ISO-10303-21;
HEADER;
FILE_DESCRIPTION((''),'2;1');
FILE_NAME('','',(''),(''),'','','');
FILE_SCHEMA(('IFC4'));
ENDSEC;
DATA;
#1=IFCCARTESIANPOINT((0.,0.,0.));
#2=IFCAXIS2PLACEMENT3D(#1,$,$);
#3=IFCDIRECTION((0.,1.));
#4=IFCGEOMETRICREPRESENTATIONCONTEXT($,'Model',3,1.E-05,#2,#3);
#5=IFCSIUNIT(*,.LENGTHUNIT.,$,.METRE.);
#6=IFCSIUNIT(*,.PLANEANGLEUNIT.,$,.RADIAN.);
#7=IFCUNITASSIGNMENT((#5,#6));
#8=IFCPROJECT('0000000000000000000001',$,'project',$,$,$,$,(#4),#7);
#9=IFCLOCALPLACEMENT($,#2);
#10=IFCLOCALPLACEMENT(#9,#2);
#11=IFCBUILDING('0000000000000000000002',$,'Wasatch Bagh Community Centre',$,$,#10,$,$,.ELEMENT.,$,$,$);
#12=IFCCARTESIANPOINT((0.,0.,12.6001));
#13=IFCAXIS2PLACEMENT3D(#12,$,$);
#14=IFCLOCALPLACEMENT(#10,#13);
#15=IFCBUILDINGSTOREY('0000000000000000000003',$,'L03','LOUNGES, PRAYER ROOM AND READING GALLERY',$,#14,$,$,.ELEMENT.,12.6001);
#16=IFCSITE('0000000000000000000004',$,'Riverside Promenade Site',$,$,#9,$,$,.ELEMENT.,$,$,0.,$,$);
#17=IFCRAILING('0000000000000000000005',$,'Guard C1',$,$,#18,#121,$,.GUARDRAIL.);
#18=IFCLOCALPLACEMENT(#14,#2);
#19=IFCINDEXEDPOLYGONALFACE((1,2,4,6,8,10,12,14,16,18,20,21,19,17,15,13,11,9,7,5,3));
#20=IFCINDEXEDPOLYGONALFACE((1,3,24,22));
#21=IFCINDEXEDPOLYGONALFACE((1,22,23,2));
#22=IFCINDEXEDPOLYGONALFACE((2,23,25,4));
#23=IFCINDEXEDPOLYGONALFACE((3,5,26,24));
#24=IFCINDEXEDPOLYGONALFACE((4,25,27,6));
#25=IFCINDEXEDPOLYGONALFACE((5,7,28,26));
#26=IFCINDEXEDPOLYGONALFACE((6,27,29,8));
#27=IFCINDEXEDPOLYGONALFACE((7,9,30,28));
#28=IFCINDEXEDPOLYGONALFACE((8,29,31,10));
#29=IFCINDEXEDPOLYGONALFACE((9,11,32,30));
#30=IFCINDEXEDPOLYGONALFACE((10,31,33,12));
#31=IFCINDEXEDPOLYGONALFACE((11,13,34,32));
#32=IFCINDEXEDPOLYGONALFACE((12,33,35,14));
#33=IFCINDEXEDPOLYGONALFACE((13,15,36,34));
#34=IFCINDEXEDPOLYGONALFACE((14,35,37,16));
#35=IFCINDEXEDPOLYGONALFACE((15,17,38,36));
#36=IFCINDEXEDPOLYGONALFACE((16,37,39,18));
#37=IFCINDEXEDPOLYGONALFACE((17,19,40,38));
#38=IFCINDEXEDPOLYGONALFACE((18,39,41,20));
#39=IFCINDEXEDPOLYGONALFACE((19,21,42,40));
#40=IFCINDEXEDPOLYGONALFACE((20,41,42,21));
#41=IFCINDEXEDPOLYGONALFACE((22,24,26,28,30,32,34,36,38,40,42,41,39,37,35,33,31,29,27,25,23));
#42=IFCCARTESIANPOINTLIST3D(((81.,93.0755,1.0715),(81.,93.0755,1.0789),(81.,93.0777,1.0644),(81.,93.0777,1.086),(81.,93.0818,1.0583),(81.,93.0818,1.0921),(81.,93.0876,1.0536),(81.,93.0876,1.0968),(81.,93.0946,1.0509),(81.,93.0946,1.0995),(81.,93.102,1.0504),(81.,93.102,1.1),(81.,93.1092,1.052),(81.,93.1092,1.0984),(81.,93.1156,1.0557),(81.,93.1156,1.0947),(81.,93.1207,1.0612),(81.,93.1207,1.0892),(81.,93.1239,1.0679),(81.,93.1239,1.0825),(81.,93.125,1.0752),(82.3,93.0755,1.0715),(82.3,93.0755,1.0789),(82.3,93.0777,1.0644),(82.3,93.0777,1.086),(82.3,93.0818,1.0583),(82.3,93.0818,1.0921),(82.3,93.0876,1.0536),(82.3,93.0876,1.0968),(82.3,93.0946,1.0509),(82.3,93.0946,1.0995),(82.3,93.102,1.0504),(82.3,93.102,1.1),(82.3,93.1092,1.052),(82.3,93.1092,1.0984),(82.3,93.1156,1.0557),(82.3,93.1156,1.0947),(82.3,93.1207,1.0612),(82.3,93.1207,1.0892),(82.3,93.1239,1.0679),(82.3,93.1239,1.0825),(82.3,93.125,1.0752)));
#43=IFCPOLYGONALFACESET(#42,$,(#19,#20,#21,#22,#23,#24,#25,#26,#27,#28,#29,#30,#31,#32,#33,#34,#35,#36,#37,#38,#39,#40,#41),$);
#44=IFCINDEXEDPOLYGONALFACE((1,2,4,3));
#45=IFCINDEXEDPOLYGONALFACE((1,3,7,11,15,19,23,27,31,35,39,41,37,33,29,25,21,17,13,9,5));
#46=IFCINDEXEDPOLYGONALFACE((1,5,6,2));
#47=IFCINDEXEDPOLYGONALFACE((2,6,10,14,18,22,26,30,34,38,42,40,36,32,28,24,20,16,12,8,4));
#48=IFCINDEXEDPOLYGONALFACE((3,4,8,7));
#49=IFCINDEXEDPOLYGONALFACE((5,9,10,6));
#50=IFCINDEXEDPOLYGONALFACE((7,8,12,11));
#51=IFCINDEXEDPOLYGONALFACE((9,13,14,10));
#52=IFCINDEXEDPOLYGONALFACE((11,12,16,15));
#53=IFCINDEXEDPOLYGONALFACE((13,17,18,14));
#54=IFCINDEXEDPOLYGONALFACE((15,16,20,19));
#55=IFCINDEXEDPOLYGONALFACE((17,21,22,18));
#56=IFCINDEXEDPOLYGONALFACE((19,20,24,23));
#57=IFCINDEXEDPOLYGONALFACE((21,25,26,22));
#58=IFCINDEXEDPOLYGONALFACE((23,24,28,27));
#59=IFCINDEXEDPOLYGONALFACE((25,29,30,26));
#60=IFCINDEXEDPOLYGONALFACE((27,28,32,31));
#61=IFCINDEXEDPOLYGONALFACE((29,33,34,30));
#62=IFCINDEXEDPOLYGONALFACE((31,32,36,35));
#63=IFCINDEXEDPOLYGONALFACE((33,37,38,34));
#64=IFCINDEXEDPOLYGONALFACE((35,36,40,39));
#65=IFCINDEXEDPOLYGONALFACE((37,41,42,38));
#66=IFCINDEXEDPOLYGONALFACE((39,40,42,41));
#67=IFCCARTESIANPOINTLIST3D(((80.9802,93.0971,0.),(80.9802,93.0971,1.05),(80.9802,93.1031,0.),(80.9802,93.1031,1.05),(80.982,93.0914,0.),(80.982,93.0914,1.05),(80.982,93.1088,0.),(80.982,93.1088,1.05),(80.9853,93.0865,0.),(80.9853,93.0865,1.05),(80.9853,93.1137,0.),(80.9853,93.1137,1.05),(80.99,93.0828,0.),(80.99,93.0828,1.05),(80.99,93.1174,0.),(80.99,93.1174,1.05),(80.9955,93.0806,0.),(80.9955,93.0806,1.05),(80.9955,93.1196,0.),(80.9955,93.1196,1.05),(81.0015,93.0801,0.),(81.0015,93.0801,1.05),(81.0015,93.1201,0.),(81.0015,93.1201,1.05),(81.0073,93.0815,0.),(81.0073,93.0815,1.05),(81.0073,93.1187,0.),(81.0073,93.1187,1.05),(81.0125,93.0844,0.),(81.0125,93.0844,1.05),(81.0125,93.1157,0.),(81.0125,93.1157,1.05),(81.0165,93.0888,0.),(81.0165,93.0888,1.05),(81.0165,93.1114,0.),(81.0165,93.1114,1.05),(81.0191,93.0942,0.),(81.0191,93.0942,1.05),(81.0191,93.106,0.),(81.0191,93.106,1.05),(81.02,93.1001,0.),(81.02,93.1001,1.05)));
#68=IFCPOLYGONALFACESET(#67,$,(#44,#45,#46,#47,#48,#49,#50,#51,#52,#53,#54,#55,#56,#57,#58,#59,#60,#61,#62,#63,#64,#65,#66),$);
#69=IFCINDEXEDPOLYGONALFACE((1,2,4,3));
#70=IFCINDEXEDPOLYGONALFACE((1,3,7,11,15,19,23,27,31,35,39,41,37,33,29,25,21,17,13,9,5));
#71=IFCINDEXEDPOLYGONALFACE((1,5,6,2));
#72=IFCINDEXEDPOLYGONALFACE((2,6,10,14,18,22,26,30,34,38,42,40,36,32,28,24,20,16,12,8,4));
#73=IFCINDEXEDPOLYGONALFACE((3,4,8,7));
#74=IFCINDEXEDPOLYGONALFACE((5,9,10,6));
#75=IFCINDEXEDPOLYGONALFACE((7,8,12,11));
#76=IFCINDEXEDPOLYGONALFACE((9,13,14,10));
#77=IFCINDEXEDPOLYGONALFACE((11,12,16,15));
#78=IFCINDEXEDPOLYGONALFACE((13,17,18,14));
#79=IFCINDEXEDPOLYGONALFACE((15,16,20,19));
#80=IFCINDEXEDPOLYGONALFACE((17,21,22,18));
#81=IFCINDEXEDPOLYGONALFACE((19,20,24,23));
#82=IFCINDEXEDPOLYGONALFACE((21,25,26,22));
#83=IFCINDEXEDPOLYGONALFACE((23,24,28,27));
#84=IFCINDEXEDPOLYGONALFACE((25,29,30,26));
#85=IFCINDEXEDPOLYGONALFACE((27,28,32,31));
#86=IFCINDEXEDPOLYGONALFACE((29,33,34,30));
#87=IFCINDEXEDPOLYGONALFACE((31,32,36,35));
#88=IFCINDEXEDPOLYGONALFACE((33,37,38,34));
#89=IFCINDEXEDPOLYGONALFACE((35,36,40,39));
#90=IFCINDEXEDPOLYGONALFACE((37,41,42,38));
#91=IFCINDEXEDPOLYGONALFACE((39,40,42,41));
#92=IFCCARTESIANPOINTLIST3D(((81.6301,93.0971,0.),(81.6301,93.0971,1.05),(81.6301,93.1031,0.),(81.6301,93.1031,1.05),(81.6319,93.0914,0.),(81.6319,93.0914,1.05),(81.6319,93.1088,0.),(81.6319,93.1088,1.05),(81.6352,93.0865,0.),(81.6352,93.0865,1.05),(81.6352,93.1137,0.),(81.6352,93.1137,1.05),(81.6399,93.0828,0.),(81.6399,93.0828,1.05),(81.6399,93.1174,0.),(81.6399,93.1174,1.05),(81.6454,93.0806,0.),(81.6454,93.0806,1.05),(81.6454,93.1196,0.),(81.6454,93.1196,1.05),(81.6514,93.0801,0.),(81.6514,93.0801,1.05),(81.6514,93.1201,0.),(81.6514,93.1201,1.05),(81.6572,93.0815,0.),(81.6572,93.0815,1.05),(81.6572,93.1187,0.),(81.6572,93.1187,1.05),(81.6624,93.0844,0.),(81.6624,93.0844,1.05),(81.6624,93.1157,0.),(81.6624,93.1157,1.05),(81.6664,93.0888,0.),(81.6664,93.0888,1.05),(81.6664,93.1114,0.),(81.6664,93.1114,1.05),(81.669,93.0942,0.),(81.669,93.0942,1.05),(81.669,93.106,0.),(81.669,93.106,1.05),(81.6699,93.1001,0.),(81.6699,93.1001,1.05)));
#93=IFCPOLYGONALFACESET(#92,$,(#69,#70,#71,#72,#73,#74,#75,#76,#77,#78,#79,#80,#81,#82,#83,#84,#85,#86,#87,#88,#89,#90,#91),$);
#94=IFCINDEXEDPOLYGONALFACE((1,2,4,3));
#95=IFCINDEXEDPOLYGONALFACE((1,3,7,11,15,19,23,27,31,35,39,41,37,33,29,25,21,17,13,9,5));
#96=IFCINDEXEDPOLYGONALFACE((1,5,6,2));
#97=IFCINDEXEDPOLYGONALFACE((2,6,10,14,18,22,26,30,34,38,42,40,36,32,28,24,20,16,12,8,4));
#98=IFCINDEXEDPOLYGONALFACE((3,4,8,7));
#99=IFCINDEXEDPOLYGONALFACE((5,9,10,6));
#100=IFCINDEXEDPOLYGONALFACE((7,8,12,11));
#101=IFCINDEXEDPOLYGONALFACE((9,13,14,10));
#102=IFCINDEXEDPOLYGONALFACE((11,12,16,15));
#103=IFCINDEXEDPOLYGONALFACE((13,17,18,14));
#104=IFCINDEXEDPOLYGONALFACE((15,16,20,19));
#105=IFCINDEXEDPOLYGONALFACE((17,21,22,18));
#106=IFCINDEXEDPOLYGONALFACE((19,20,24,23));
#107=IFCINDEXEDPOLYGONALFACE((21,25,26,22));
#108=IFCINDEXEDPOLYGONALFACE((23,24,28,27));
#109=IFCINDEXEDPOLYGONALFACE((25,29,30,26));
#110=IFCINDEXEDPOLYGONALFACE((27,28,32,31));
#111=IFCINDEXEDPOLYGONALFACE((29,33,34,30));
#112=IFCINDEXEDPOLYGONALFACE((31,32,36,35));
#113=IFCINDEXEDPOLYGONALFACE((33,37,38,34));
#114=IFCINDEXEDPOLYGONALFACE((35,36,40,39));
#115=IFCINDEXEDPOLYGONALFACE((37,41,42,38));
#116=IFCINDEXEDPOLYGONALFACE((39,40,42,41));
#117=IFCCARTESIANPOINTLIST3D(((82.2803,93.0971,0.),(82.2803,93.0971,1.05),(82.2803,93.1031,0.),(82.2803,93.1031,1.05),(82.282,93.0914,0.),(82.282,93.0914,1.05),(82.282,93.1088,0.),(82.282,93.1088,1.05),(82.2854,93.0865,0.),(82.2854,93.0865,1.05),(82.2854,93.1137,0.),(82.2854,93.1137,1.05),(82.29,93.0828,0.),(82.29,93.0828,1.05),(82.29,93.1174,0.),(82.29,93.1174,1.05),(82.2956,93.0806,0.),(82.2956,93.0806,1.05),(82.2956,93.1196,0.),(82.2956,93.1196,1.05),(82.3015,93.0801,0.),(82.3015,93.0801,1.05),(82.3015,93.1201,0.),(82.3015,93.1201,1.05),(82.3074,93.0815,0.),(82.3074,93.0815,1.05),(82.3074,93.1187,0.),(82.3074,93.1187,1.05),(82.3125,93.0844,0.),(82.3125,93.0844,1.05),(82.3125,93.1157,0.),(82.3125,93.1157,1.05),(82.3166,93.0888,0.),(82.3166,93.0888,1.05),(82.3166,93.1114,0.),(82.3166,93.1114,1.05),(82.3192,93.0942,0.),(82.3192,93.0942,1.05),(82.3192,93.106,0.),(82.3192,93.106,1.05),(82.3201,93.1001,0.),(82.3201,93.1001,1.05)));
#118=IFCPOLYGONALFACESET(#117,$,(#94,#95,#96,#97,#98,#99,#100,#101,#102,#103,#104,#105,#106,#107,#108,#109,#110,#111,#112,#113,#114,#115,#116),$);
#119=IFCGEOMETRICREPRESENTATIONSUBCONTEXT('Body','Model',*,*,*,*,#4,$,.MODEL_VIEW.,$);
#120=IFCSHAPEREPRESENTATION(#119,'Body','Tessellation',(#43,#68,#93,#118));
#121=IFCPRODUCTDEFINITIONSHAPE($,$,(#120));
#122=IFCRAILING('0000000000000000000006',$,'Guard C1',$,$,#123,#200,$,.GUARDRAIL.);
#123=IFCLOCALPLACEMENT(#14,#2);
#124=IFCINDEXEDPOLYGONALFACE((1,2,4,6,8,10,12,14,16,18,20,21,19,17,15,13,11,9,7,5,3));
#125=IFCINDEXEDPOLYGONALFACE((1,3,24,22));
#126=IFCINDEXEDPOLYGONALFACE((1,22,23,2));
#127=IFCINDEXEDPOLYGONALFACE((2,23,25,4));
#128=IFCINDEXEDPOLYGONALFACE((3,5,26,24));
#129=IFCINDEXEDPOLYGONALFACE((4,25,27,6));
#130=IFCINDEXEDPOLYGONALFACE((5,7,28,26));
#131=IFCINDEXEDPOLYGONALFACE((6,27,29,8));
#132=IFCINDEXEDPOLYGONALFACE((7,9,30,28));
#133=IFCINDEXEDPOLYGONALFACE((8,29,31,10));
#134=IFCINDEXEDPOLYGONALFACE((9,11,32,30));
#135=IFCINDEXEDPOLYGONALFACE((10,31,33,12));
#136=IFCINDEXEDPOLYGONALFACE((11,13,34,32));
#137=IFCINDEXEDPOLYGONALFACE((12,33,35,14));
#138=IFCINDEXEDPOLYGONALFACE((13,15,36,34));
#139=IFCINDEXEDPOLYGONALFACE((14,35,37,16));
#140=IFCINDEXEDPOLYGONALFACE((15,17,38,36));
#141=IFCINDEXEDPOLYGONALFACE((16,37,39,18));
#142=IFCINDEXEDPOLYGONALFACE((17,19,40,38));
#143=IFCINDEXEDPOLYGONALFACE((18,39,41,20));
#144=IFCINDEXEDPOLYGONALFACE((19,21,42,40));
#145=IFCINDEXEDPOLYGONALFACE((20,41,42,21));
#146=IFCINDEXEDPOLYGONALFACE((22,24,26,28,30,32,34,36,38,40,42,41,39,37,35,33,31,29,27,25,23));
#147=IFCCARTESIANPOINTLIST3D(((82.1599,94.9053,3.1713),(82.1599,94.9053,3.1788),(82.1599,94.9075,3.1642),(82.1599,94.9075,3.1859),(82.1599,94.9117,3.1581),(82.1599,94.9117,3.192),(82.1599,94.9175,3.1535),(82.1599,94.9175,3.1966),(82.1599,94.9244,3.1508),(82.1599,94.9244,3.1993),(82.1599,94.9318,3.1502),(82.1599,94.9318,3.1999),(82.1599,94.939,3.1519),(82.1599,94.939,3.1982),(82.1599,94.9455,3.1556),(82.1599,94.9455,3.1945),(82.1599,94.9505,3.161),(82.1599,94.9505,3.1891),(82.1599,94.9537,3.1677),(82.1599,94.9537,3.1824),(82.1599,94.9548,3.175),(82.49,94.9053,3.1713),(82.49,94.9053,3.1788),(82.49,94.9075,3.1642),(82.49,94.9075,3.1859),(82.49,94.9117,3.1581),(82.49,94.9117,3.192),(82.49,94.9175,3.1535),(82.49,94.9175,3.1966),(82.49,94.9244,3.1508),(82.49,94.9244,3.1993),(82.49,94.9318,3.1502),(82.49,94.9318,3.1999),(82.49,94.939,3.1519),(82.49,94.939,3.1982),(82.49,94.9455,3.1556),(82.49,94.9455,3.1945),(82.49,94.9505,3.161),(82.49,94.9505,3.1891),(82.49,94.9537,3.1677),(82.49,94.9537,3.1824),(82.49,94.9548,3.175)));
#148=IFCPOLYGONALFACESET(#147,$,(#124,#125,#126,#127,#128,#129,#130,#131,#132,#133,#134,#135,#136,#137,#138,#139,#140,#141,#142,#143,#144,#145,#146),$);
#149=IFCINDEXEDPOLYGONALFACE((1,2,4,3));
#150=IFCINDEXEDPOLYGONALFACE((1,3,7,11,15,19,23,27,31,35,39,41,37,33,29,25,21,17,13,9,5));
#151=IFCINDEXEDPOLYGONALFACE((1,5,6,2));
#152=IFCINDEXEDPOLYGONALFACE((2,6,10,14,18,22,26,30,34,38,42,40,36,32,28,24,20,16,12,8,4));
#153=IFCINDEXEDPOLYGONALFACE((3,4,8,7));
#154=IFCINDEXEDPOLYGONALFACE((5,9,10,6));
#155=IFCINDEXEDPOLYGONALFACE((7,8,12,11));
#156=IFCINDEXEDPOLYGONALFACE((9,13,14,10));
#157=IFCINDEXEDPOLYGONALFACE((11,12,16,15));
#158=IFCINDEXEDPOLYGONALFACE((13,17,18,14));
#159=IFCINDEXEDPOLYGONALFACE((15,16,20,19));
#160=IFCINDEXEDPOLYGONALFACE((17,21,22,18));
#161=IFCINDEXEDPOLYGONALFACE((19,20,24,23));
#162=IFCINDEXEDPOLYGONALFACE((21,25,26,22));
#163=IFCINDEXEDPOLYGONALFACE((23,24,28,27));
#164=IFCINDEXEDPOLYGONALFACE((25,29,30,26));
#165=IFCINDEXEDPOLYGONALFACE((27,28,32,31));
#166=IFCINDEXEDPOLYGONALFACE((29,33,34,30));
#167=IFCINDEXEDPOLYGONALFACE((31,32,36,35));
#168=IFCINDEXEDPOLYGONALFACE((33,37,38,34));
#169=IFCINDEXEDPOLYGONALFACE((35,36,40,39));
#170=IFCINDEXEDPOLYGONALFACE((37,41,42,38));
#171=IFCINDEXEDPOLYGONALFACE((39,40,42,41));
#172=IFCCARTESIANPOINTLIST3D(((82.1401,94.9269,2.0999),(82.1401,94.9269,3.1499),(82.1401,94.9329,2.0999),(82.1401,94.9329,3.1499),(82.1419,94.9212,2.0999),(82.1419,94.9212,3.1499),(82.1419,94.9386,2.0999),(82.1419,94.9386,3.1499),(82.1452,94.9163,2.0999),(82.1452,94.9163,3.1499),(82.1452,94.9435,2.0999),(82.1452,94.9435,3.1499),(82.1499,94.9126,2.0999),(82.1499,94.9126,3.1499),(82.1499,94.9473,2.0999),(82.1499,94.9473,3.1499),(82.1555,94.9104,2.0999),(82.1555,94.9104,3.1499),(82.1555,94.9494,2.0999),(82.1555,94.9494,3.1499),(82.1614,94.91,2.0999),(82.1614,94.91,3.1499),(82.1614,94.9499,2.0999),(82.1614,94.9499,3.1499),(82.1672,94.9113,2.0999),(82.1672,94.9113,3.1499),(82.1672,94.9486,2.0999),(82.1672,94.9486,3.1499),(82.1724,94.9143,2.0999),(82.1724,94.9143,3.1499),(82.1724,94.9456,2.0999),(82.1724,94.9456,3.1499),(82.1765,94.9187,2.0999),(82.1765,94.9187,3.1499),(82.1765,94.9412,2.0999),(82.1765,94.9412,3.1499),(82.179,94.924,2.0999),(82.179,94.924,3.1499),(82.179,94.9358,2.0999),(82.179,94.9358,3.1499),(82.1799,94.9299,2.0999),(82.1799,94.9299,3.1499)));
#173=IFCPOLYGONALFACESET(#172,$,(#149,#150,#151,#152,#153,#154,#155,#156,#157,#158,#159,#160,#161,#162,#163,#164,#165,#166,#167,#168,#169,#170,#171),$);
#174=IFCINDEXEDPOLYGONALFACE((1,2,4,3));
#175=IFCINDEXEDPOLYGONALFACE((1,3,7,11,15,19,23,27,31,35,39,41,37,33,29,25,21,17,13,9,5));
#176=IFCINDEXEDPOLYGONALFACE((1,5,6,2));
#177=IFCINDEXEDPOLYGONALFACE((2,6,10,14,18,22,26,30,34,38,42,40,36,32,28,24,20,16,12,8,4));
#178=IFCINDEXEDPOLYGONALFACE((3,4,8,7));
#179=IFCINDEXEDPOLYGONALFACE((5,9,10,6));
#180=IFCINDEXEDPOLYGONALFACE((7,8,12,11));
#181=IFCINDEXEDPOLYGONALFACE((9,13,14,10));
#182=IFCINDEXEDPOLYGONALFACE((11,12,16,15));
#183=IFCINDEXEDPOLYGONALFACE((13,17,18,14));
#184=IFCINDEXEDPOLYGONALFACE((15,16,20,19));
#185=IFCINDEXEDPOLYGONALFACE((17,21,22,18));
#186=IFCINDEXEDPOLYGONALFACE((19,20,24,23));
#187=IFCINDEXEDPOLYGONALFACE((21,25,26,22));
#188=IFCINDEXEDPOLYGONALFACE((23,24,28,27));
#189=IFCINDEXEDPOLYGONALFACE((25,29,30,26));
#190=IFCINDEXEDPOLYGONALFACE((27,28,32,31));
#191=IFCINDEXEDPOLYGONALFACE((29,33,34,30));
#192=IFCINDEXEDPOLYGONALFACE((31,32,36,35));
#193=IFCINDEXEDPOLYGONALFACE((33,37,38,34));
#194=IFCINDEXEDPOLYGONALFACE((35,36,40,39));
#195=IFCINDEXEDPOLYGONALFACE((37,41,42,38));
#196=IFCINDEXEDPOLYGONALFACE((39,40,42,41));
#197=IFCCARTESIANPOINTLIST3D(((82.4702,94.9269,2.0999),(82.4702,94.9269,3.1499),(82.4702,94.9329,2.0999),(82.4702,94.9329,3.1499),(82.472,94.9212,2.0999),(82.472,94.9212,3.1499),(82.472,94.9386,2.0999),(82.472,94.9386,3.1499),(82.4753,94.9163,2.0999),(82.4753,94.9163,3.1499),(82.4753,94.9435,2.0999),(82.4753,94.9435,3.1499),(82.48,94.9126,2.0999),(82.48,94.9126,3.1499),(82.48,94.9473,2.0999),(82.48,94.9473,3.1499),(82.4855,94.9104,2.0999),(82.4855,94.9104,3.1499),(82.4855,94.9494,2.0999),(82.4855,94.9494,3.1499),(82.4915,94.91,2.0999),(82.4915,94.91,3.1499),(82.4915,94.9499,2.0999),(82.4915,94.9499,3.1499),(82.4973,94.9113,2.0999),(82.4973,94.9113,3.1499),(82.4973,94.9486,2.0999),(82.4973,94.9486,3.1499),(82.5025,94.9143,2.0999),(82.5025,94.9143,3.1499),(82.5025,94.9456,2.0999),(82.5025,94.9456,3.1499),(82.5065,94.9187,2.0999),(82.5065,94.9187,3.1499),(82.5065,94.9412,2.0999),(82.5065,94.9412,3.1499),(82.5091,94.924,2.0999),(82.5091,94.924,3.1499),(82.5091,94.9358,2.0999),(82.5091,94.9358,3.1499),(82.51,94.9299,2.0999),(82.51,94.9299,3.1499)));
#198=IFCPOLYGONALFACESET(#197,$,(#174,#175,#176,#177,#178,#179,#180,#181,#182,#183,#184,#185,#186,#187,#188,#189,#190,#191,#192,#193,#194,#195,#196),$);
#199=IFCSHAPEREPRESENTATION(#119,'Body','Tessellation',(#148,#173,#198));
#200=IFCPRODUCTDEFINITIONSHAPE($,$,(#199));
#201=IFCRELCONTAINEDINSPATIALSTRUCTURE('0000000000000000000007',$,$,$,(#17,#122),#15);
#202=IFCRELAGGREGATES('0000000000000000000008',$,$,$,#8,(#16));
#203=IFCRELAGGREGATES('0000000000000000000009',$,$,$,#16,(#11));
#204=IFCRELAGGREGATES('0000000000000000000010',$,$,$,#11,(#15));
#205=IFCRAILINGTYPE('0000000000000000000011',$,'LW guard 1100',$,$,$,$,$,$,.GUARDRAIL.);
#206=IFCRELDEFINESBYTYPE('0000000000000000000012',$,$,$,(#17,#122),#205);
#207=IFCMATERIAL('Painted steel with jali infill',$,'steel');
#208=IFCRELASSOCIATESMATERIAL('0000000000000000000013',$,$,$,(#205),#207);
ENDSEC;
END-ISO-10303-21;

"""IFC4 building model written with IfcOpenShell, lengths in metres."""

from ifc_helpers import new_model, si_unit, direction, frame, origin, origin_2d, place, context, subcontext, project, spatial, circle, extrude, material, type_object, element, save


model = new_model("IFC4")

# Units and contexts
model_context = context("Model", 3, precision=1e-05, world=origin(), true_north=direction((0.0, 1.0)))
body_context = subcontext(model_context, "Body", "Model", "MODEL_VIEW")
ifc_project = project(units=[si_unit("LENGTHUNIT", "METRE"), si_unit("PLANEANGLEUNIT", "RADIAN")], contexts=[model_context])

# Site, building, storey
site_placement = place(None, origin())
site = spatial("IfcSite", under=ifc_project, at=site_placement, Name="Riverside Promenade Site", CompositionType="ELEMENT", RefElevation=0.0)
building_placement = place(site_placement, origin())
building = spatial("IfcBuilding", under=site, at=building_placement, Name="Wasatch Bagh Community Centre", CompositionType="ELEMENT")
storey_placement = place(building_placement, frame((0.0, 0.0, 12.6001)))
storey = spatial("IfcBuildingStorey", under=building, at=storey_placement, Name="L03", Description="LOUNGES, PRAYER ROOM AND READING GALLERY", CompositionType="ELEMENT", Elevation=12.6001)

# Railings
ifc_material_1 = material(Name="Painted steel with jali infill", Category="steel")
railing_type_1 = type_object("IfcRailingType", Name="LW guard 1100", PredefinedType="GUARDRAIL", material=ifc_material_1)
railing_1_placement = place(storey_placement, frame((81.0, 93.1001, 0.0)))
element("IfcRailing", 1, at=railing_1_placement, inside=storey, type_object=railing_type_1, Name="Guard C1", PredefinedType="GUARDRAIL", context=body_context, shape_type="SweptSolid", body=[
    extrude(circle(Radius=0.0249, at=origin_2d()), frame((0.0, 0.0, 1.0752), z_axis=(1.0, 0.0, 0.0), x_axis=(0.0, 1.0, 0.0)), (0.0, 0.0, 1.0), 1.3),
    extrude(circle(Radius=0.02, at=origin_2d()), origin(), (0.0, 0.0, 1.0), 1.05),
    extrude(circle(Radius=0.02, at=origin_2d()), frame((0.6499, 0.0, 0.0)), (0.0, 0.0, 1.0), 1.05),
    extrude(circle(Radius=0.02, at=origin_2d()), frame((1.3, 0.0, 0.0)), (0.0, 0.0, 1.0), 1.05),
])
railing_2_placement = place(storey_placement, frame((82.1599, 94.9299, 2.0999)))
element("IfcRailing", 2, at=railing_2_placement, inside=storey, type_object=railing_type_1, Name="Guard C1", PredefinedType="GUARDRAIL", context=body_context, shape_type="SweptSolid", body=[
    extrude(circle(Radius=0.0249, at=origin_2d()), frame((0.0, 0.0, 1.0752), z_axis=(1.0, 0.0, 0.0), x_axis=(0.0, 1.0, 0.0)), (0.0, 0.0, 1.0), 0.3301),
    extrude(circle(Radius=0.02, at=origin_2d()), origin(), (0.0, 0.0, 1.0), 1.05),
    extrude(circle(Radius=0.02, at=origin_2d()), frame((0.3301, 0.0, 0.0)), (0.0, 0.0, 1.0), 1.05),
])

save(model, "model.ifc")
